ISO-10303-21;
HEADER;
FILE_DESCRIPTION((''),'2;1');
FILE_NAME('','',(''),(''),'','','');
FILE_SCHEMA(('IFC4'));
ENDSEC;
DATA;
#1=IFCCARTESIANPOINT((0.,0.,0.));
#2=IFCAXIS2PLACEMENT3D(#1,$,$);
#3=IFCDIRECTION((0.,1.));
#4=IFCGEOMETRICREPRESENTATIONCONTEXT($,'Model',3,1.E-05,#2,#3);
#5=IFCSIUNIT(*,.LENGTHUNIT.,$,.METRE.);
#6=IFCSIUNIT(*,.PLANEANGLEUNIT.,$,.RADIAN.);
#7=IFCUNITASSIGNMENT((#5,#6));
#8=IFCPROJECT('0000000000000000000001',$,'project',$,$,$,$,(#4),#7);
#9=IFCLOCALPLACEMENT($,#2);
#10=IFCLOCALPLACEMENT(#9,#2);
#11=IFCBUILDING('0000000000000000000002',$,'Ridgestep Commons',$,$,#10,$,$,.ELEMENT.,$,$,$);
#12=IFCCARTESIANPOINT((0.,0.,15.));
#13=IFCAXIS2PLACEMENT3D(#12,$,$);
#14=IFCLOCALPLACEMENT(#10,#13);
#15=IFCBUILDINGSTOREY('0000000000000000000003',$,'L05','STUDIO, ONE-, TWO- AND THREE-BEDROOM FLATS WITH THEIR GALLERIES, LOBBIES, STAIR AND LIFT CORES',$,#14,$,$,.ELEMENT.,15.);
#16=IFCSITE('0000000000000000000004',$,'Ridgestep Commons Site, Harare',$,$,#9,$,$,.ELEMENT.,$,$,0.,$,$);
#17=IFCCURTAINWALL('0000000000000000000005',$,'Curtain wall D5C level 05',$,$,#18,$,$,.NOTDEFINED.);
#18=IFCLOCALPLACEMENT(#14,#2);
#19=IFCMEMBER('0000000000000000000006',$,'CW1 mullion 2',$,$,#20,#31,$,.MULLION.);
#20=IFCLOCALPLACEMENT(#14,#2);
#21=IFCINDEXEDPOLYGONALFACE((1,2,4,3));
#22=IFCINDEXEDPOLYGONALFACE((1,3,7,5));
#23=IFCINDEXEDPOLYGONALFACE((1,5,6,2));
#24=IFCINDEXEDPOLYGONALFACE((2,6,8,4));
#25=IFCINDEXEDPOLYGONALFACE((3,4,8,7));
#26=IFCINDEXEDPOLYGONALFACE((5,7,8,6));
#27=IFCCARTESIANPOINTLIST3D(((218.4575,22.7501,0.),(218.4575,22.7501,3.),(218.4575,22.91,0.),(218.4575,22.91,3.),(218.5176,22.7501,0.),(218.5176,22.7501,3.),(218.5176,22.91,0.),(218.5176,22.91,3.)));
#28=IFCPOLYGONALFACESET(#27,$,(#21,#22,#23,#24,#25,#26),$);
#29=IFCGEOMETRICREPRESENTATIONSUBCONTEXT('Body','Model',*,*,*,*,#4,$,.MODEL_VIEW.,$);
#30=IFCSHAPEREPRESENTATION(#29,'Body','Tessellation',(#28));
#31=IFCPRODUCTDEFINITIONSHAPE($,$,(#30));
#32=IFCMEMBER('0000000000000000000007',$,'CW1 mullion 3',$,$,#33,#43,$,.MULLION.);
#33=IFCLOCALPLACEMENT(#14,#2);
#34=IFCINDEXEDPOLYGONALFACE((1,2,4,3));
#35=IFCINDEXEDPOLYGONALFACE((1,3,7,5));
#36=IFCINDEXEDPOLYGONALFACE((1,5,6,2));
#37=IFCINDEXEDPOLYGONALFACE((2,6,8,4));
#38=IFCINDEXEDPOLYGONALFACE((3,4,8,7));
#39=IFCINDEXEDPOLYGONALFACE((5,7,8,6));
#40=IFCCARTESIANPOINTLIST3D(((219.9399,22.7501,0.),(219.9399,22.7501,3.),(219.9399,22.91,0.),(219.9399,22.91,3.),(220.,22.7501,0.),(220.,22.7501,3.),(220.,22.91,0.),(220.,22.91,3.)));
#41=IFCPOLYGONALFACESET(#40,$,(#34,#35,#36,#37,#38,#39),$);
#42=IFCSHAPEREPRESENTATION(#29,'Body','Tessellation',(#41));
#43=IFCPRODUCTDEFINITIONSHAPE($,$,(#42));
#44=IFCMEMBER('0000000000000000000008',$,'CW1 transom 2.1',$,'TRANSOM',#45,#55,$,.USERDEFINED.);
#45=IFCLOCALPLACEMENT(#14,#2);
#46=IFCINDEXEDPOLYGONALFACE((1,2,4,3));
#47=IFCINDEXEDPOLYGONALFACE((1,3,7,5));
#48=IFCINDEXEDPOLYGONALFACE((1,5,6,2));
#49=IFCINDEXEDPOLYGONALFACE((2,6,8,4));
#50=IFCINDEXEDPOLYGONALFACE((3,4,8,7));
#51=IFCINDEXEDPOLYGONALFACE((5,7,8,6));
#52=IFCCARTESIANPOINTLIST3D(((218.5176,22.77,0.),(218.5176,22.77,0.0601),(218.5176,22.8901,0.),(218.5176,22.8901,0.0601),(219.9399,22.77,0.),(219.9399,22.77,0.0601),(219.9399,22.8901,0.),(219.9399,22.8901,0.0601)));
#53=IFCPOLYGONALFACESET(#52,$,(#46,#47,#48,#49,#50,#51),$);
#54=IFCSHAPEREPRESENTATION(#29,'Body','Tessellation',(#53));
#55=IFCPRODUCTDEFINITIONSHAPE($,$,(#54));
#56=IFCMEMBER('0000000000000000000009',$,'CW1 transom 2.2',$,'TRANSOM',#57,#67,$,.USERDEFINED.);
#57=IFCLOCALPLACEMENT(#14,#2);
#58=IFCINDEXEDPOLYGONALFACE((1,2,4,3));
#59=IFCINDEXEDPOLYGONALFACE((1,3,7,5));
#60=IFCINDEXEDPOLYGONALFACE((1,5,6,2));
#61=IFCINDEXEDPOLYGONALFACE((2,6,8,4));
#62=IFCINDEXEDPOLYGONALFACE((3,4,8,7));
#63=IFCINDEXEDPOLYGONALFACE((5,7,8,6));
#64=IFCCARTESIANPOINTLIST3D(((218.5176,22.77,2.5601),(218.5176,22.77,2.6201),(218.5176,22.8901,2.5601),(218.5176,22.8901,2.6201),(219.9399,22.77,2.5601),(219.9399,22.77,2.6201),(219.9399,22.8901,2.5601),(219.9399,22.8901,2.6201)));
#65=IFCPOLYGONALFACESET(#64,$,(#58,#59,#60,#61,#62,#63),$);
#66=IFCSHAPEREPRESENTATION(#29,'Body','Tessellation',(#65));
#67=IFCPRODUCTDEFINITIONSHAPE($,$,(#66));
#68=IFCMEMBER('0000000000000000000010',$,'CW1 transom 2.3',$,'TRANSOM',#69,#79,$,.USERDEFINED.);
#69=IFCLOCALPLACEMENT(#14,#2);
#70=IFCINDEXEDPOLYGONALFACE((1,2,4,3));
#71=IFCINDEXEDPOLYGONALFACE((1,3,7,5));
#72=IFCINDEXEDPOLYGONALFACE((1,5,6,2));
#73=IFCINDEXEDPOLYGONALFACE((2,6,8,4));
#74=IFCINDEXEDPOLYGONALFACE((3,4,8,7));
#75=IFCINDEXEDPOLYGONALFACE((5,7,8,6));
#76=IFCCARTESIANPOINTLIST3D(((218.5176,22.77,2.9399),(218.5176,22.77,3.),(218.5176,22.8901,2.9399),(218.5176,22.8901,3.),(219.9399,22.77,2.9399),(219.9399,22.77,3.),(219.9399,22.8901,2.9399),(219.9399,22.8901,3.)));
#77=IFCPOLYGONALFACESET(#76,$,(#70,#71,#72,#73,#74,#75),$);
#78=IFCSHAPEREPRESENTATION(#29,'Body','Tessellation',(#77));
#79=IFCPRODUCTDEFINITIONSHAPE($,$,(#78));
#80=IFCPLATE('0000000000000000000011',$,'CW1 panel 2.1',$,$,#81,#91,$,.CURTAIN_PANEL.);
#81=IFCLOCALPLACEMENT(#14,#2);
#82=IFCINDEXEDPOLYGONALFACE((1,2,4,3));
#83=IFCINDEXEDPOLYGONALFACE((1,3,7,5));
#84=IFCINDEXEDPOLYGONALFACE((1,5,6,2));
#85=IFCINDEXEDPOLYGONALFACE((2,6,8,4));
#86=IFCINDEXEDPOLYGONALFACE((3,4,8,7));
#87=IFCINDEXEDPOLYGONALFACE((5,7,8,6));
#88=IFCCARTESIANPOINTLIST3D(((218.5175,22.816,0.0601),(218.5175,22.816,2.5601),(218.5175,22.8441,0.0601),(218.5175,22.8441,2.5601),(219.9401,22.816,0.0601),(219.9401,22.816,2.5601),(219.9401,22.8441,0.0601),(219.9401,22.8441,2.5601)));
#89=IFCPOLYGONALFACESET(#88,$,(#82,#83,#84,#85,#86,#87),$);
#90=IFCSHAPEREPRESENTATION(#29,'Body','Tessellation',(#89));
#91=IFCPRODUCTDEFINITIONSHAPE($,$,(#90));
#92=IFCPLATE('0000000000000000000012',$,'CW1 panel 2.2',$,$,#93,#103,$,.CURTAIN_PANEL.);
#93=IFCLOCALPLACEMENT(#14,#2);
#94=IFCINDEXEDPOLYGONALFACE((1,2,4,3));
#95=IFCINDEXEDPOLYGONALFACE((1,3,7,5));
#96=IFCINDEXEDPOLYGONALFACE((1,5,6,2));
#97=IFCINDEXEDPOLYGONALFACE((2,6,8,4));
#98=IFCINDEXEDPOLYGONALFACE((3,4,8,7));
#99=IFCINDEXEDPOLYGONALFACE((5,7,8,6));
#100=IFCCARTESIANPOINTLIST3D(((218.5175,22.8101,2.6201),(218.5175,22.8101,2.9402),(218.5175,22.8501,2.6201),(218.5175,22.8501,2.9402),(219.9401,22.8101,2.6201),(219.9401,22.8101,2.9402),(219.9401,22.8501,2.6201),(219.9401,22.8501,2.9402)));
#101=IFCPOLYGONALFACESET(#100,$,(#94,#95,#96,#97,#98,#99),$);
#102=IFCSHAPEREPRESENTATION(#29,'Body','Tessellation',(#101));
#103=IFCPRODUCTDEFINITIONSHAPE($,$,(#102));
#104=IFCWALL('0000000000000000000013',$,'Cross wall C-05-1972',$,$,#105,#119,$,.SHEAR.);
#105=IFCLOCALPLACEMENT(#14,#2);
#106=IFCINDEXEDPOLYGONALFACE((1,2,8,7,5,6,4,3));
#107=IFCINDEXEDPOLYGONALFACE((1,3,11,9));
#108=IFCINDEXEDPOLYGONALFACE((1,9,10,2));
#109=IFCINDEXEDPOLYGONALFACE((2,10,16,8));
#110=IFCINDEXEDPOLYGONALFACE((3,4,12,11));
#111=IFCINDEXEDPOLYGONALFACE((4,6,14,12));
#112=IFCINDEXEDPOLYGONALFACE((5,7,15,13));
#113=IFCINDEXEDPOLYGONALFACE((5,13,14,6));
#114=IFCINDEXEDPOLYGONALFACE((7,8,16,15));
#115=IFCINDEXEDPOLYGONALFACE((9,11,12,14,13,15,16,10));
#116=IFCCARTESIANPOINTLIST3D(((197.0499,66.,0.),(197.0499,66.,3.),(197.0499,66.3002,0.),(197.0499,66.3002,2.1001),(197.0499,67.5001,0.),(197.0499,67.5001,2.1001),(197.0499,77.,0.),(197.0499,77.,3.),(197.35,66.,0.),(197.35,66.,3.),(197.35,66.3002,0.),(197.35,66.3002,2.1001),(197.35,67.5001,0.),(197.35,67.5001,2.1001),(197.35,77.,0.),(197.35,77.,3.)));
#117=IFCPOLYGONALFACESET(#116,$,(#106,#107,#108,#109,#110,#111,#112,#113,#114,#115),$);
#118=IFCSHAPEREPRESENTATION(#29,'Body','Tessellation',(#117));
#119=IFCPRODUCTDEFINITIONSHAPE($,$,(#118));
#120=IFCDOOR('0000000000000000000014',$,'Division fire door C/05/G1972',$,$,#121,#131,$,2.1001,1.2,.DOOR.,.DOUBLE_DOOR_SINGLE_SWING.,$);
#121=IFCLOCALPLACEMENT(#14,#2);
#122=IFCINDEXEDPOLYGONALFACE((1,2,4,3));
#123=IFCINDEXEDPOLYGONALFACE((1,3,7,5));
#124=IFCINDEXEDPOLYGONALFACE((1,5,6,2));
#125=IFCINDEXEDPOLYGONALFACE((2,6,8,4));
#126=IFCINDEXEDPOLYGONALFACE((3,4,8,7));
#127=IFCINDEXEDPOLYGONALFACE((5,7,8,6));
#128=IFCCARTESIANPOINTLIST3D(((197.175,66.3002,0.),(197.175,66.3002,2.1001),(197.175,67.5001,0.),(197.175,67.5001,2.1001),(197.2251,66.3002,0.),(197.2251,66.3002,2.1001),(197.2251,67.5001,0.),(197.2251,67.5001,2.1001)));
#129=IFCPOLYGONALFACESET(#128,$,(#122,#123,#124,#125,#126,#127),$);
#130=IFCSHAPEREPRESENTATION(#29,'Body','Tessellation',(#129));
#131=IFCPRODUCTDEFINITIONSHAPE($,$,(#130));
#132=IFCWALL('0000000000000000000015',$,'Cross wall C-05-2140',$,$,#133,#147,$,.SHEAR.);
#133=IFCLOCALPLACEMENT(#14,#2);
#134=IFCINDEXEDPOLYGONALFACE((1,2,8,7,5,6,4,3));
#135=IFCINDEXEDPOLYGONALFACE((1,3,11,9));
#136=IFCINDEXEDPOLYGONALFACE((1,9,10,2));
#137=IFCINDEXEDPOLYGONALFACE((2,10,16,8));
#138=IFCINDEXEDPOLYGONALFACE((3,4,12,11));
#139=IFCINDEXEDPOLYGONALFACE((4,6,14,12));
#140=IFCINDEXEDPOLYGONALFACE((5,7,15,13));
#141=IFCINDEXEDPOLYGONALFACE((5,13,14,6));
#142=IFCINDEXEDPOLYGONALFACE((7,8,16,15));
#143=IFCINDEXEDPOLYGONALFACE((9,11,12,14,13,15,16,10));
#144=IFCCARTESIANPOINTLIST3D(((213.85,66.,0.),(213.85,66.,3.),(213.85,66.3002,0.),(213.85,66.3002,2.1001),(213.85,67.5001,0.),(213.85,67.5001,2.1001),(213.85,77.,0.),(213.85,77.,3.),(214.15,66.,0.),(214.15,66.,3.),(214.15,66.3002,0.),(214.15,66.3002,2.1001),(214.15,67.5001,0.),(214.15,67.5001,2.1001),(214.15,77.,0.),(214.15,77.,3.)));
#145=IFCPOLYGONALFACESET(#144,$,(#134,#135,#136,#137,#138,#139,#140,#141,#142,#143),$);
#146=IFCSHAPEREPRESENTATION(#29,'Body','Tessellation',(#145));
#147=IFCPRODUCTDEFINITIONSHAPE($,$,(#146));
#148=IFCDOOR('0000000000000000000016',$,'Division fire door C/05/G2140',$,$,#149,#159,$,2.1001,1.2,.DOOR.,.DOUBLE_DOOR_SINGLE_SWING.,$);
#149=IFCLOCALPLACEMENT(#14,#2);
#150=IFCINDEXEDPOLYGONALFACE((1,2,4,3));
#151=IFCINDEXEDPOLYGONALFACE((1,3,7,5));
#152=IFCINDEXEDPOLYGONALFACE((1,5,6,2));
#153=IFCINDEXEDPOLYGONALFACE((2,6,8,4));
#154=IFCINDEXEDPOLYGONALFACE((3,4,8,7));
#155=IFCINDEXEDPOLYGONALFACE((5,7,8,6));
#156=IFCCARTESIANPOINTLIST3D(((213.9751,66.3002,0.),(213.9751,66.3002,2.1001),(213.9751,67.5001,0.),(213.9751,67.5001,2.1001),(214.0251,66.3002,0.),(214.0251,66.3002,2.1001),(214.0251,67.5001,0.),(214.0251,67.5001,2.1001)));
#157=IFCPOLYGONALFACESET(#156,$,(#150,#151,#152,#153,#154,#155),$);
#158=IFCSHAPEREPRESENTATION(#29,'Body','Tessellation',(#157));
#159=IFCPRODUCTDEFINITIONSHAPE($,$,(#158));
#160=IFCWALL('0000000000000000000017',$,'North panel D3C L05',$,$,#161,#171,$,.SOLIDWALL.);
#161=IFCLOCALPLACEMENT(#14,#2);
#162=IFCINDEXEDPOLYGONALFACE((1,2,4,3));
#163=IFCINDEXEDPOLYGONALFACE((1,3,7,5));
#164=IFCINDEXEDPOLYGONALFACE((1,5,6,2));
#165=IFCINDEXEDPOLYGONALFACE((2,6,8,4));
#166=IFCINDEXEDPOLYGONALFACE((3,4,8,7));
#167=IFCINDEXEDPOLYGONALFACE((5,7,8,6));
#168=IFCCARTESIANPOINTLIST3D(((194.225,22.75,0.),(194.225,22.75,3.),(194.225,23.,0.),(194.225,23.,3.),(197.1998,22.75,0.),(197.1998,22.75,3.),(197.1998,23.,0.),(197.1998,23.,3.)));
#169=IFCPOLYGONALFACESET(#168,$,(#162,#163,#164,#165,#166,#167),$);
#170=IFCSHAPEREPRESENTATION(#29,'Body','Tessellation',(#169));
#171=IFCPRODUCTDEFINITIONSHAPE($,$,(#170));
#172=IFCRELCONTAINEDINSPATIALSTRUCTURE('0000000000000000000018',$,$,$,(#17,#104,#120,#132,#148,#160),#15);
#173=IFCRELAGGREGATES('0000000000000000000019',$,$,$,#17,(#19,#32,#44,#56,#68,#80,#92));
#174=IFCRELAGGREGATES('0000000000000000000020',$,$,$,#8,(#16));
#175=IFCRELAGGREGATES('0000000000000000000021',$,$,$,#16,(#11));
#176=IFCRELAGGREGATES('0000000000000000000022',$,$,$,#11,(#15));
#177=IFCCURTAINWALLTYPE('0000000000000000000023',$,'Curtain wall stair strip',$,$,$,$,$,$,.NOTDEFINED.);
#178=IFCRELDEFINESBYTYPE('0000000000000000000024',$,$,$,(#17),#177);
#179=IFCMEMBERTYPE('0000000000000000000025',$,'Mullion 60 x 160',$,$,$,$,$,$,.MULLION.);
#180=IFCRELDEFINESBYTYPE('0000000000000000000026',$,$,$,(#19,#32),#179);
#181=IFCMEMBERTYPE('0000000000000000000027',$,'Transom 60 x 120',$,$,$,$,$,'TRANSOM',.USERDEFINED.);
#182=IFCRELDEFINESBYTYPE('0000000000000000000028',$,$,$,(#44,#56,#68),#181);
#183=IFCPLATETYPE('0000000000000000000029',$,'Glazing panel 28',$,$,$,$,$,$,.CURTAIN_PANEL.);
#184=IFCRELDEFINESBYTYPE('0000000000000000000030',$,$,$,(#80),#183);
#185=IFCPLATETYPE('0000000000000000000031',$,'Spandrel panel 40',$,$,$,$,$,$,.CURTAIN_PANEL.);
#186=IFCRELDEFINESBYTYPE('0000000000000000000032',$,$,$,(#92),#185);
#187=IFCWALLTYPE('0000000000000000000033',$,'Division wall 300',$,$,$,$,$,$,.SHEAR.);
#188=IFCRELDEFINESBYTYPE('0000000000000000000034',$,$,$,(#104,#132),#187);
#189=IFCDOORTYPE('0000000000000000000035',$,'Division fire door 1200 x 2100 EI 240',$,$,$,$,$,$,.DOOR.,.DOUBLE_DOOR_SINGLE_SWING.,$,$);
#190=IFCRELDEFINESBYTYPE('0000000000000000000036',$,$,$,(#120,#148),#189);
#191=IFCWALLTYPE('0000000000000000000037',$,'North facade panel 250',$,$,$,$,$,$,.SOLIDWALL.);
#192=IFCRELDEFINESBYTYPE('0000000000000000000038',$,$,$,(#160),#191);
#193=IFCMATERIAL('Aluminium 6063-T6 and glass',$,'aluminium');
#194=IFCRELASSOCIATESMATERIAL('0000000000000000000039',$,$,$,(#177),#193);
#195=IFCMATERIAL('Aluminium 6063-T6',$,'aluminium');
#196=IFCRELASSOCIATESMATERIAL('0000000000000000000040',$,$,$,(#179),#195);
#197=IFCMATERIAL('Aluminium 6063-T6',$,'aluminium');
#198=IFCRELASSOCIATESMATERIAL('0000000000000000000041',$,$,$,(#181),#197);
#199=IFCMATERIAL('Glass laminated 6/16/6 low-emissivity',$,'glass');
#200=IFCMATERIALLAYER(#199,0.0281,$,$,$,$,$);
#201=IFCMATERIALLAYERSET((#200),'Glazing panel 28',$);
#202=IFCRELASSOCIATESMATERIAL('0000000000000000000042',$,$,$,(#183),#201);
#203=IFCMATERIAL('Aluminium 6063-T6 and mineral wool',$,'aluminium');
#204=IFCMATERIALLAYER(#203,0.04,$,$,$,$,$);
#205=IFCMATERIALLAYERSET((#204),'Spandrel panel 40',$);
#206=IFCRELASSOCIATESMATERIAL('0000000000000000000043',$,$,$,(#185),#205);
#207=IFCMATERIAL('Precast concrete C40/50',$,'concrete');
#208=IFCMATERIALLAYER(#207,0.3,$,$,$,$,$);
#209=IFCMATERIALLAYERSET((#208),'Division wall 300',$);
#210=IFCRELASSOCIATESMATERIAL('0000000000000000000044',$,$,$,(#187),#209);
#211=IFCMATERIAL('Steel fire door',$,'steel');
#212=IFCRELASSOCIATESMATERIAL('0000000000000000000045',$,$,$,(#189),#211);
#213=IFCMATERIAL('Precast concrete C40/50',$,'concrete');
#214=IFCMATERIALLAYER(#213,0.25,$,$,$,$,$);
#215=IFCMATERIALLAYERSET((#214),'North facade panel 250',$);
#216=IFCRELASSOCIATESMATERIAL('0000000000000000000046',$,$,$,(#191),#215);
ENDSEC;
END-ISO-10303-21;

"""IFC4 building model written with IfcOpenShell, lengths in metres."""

from ifc_helpers import new_model, si_unit, direction, frame, frame_2d, origin, origin_2d, place, context, subcontext, project, spatial, rectangle, extrude, material, layer, layer_set, material_profile, profile_set, type_object, element, fill, aggregate, save


model = new_model("IFC4")

# Units and contexts
model_context = context("Model", 3, precision=1e-05, world=origin(), true_north=direction((0.0, 1.0)))
body_context = subcontext(model_context, "Body", "Model", "MODEL_VIEW")
ifc_project = project(units=[si_unit("LENGTHUNIT", "METRE"), si_unit("PLANEANGLEUNIT", "RADIAN")], contexts=[model_context])

# Site, building, storey
site_placement = place(None, origin())
site = spatial("IfcSite", under=ifc_project, at=site_placement, Name="Ridgestep Commons Site, Harare", CompositionType="ELEMENT", RefElevation=0.0)
building_placement = place(site_placement, origin())
building = spatial("IfcBuilding", under=site, at=building_placement, Name="Ridgestep Commons", CompositionType="ELEMENT")
storey_placement = place(building_placement, frame((0.0, 0.0, 15.0)))
storey = spatial("IfcBuildingStorey", under=building, at=storey_placement, Name="L05", Description="STUDIO, ONE-, TWO- AND THREE-BEDROOM FLATS WITH THEIR GALLERIES, LOBBIES, STAIR AND LIFT CORES", CompositionType="ELEMENT", Elevation=15.0)

# Curtain wall, members, plates
ifc_material_1 = material(Name="Aluminium 6063-T6 and glass", Category="aluminium")
curtain_wall_type = type_object("IfcCurtainWallType", Name="Curtain wall stair strip", PredefinedType="NOTDEFINED", material=ifc_material_1)
curtain_wall_placement = place(storey_placement, origin())
curtain_wall = element("IfcCurtainWall", 1, at=curtain_wall_placement, inside=storey, type_object=curtain_wall_type, Name="Curtain wall D5C level 05", PredefinedType="NOTDEFINED")
ifc_material_2 = material(Name="Aluminium 6063-T6", Category="aluminium")
ifc_material_profile_1 = material_profile(ifc_material_2, rectangle(XDim=0.1599, YDim=0.0601, at=origin_2d()), Name="Mullion 60 x 160")
ifc_profile_set_1 = profile_set([ifc_material_profile_1], Name="Aluminium 6063-T6")
member_type_1 = type_object("IfcMemberType", Name="Mullion 60 x 160", PredefinedType="MULLION", material=ifc_profile_set_1)
member_1_placement = place(storey_placement, frame((218.4875, 22.8301, 0.0), z_axis=(0.0, 0.0, 1.0), x_axis=(0.0, 1.0, 0.0)))
member_1 = element("IfcMember", 2, at=member_1_placement, type_object=member_type_1, Name="CW1 mullion 2", PredefinedType="MULLION", context=body_context, shape_type="SweptSolid", body=[
    extrude(rectangle(XDim=0.1599, YDim=0.0601, at=origin_2d()), origin(), (0.0, 0.0, 1.0), 3.0),
])
member_2_placement = place(storey_placement, frame((219.97, 22.8301, 0.0), z_axis=(0.0, 0.0, 1.0), x_axis=(0.0, 1.0, 0.0)))
member_2 = element("IfcMember", 3, at=member_2_placement, type_object=member_type_1, Name="CW1 mullion 3", PredefinedType="MULLION", context=body_context, shape_type="SweptSolid", body=[
    extrude(rectangle(XDim=0.1599, YDim=0.0601, at=origin_2d()), origin(), (0.0, 0.0, 1.0), 3.0),
])
ifc_material_3 = material(Name="Aluminium 6063-T6", Category="aluminium")
ifc_material_profile_2 = material_profile(ifc_material_3, rectangle(XDim=0.1201, YDim=0.0601, at=origin_2d()), Name="Transom 60 x 120")
ifc_profile_set_2 = profile_set([ifc_material_profile_2], Name="Aluminium 6063-T6")
member_type_2 = type_object("IfcMemberType", Name="Transom 60 x 120", ElementType="TRANSOM", PredefinedType="USERDEFINED", material=ifc_profile_set_2)
member_3_placement = place(storey_placement, frame((218.5176, 22.8301, 0.03), z_axis=(1.0, 0.0, 0.0), x_axis=(0.0, 1.0, 0.0)))
member_3 = element("IfcMember", 4, at=member_3_placement, type_object=member_type_2, Name="CW1 transom 2.1", ObjectType="TRANSOM", PredefinedType="USERDEFINED", context=body_context, shape_type="SweptSolid", body=[
    extrude(rectangle(XDim=0.1201, YDim=0.0601, at=origin_2d()), origin(), (0.0, 0.0, 1.0), 1.4224),
])
member_4_placement = place(storey_placement, frame((218.5176, 22.8301, 2.5901), z_axis=(1.0, 0.0, 0.0), x_axis=(0.0, 1.0, 0.0)))
member_4 = element("IfcMember", 5, at=member_4_placement, type_object=member_type_2, Name="CW1 transom 2.2", ObjectType="TRANSOM", PredefinedType="USERDEFINED", context=body_context, shape_type="SweptSolid", body=[
    extrude(rectangle(XDim=0.1201, YDim=0.0601, at=origin_2d()), origin(), (0.0, 0.0, 1.0), 1.4224),
])
member_5_placement = place(storey_placement, frame((218.5176, 22.8301, 2.97), z_axis=(1.0, 0.0, 0.0), x_axis=(0.0, 1.0, 0.0)))
member_5 = element("IfcMember", 6, at=member_5_placement, type_object=member_type_2, Name="CW1 transom 2.3", ObjectType="TRANSOM", PredefinedType="USERDEFINED", context=body_context, shape_type="SweptSolid", body=[
    extrude(rectangle(XDim=0.1201, YDim=0.0601, at=origin_2d()), origin(), (0.0, 0.0, 1.0), 1.4224),
])
ifc_material_4 = material(Name="Glass laminated 6/16/6 low-emissivity", Category="glass")
ifc_layer_1 = layer(ifc_material_4, 0.0281)
ifc_layer_set_1 = layer_set([ifc_layer_1], Name="Glazing panel 28")
plate_type_1 = type_object("IfcPlateType", Name="Glazing panel 28", PredefinedType="CURTAIN_PANEL", material=ifc_layer_set_1)
plate_1_placement = place(storey_placement, frame((219.2288, 22.8301, 0.0601), z_axis=(0.0, 0.0, 1.0), x_axis=(1.0, 0.0, 0.0)))
plate_1 = element("IfcPlate", 7, at=plate_1_placement, type_object=plate_type_1, Name="CW1 panel 2.1", PredefinedType="CURTAIN_PANEL", context=body_context, shape_type="SweptSolid", body=[
    extrude(rectangle(XDim=1.4226, YDim=0.0281, at=origin_2d()), origin(), (0.0, 0.0, 1.0), 2.5),
])
ifc_material_5 = material(Name="Aluminium 6063-T6 and mineral wool", Category="aluminium")
ifc_layer_2 = layer(ifc_material_5, 0.04)
ifc_layer_set_2 = layer_set([ifc_layer_2], Name="Spandrel panel 40")
plate_type_2 = type_object("IfcPlateType", Name="Spandrel panel 40", PredefinedType="CURTAIN_PANEL", material=ifc_layer_set_2)
plate_2_placement = place(storey_placement, frame((219.2288, 22.8301, 2.6201), z_axis=(0.0, 0.0, 1.0), x_axis=(1.0, 0.0, 0.0)))
plate_2 = element("IfcPlate", 8, at=plate_2_placement, type_object=plate_type_2, Name="CW1 panel 2.2", PredefinedType="CURTAIN_PANEL", context=body_context, shape_type="SweptSolid", body=[
    extrude(rectangle(XDim=1.4226, YDim=0.04, at=origin_2d()), origin(), (0.0, 0.0, 1.0), 0.3201),
])
aggregate(curtain_wall, [member_1, member_2, member_3, member_4, member_5, plate_1, plate_2])

# Walls, openings, doors
ifc_material_6 = material(Name="Precast concrete C40/50", Category="concrete")
ifc_layer_3 = layer(ifc_material_6, 0.3)
ifc_layer_set_3 = layer_set([ifc_layer_3], Name="Division wall 300")
wall_type_1 = type_object("IfcWallType", Name="Division wall 300", PredefinedType="SHEAR", material=ifc_layer_set_3)
wall_1_placement = place(storey_placement, frame((197.2, 66.0, 0.0), z_axis=(0.0, 0.0, 1.0), x_axis=(0.0, 1.0, 0.0)))
wall_1 = element("IfcWall", 9, at=wall_1_placement, inside=storey, type_object=wall_type_1, Name="Cross wall C-05-1972", PredefinedType="SHEAR", context=body_context, shape_type="SweptSolid", body=[
    extrude(rectangle(XDim=11.0, YDim=0.3, at=frame_2d((5.5, 0.0))), origin(), (0.0, 0.0, 1.0), 3.0),
])
opening_1_placement = place(wall_1_placement, frame((0.3, 0.0, 0.0)))
opening_1 = element("IfcOpeningElement", 10, at=opening_1_placement, cuts=wall_1, PredefinedType="OPENING", context=body_context, shape_type="SweptSolid", body=[
    extrude(rectangle(XDim=1.2, YDim=2.1001, at=frame_2d((0.6001, 1.05))), frame((0.0, 0.1599, 0.0), z_axis=(0.0, -1.0, 0.0), x_axis=(1.0, 0.0, 0.0)), (0.0, 0.0, 1.0), 0.3201),
])
ifc_material_7 = material(Name="Steel fire door", Category="steel")
door_type_1 = type_object("IfcDoorType", Name="Division fire door 1200 x 2100 EI 240", OperationType="DOUBLE_DOOR_SINGLE_SWING", PredefinedType="DOOR", material=ifc_material_7)
door_1_placement = place(opening_1_placement, origin())
door_1 = element("IfcDoor", 11, at=door_1_placement, inside=storey, type_object=door_type_1, Name="Division fire door C/05/G1972", OperationType="DOUBLE_DOOR_SINGLE_SWING", OverallHeight=2.1001, OverallWidth=1.2, PredefinedType="DOOR", context=body_context, shape_type="SweptSolid", body=[
    extrude(rectangle(XDim=1.2, YDim=2.1001, at=frame_2d((0.6001, 1.05))), frame((0.0, 0.0249, 0.0), z_axis=(0.0, -1.0, 0.0), x_axis=(1.0, 0.0, 0.0)), (0.0, 0.0, 1.0), 0.05),
])
fill(opening_1, door_1)
wall_2_placement = place(storey_placement, frame((214.0, 66.0, 0.0), z_axis=(0.0, 0.0, 1.0), x_axis=(0.0, 1.0, 0.0)))
wall_2 = element("IfcWall", 12, at=wall_2_placement, inside=storey, type_object=wall_type_1, Name="Cross wall C-05-2140", PredefinedType="SHEAR", context=body_context, shape_type="SweptSolid", body=[
    extrude(rectangle(XDim=11.0, YDim=0.3, at=frame_2d((5.5, 0.0))), origin(), (0.0, 0.0, 1.0), 3.0),
])
opening_2_placement = place(wall_2_placement, frame((0.3, 0.0, 0.0)))
opening_2 = element("IfcOpeningElement", 13, at=opening_2_placement, cuts=wall_2, PredefinedType="OPENING", context=body_context, shape_type="SweptSolid", body=[
    extrude(rectangle(XDim=1.2, YDim=2.1001, at=frame_2d((0.6001, 1.05))), frame((0.0, 0.1599, 0.0), z_axis=(0.0, -1.0, 0.0), x_axis=(1.0, 0.0, 0.0)), (0.0, 0.0, 1.0), 0.3201),
])
door_2_placement = place(opening_2_placement, origin())
door_2 = element("IfcDoor", 14, at=door_2_placement, inside=storey, type_object=door_type_1, Name="Division fire door C/05/G2140", OperationType="DOUBLE_DOOR_SINGLE_SWING", OverallHeight=2.1001, OverallWidth=1.2, PredefinedType="DOOR", context=body_context, shape_type="SweptSolid", body=[
    extrude(rectangle(XDim=1.2, YDim=2.1001, at=frame_2d((0.6001, 1.05))), frame((0.0, 0.0249, 0.0), z_axis=(0.0, -1.0, 0.0), x_axis=(1.0, 0.0, 0.0)), (0.0, 0.0, 1.0), 0.05),
])
fill(opening_2, door_2)

# Wall
ifc_material_8 = material(Name="Precast concrete C40/50", Category="concrete")
ifc_layer_4 = layer(ifc_material_8, 0.25)
ifc_layer_set_4 = layer_set([ifc_layer_4], Name="North facade panel 250")
wall_type_2 = type_object("IfcWallType", Name="North facade panel 250", PredefinedType="SOLIDWALL", material=ifc_layer_set_4)
wall_3_placement = place(storey_placement, frame((194.2251, 22.875, 0.0), z_axis=(0.0, 0.0, 1.0), x_axis=(1.0, 0.0, 0.0)))
element("IfcWall", 15, at=wall_3_placement, inside=storey, type_object=wall_type_2, Name="North panel D3C L05", PredefinedType="SOLIDWALL", context=body_context, shape_type="SweptSolid", body=[
    extrude(rectangle(XDim=2.9749, YDim=0.25, at=frame_2d((1.4873, 0.0))), origin(), (0.0, 0.0, 1.0), 3.0),
])

save(model, "model.ifc")
